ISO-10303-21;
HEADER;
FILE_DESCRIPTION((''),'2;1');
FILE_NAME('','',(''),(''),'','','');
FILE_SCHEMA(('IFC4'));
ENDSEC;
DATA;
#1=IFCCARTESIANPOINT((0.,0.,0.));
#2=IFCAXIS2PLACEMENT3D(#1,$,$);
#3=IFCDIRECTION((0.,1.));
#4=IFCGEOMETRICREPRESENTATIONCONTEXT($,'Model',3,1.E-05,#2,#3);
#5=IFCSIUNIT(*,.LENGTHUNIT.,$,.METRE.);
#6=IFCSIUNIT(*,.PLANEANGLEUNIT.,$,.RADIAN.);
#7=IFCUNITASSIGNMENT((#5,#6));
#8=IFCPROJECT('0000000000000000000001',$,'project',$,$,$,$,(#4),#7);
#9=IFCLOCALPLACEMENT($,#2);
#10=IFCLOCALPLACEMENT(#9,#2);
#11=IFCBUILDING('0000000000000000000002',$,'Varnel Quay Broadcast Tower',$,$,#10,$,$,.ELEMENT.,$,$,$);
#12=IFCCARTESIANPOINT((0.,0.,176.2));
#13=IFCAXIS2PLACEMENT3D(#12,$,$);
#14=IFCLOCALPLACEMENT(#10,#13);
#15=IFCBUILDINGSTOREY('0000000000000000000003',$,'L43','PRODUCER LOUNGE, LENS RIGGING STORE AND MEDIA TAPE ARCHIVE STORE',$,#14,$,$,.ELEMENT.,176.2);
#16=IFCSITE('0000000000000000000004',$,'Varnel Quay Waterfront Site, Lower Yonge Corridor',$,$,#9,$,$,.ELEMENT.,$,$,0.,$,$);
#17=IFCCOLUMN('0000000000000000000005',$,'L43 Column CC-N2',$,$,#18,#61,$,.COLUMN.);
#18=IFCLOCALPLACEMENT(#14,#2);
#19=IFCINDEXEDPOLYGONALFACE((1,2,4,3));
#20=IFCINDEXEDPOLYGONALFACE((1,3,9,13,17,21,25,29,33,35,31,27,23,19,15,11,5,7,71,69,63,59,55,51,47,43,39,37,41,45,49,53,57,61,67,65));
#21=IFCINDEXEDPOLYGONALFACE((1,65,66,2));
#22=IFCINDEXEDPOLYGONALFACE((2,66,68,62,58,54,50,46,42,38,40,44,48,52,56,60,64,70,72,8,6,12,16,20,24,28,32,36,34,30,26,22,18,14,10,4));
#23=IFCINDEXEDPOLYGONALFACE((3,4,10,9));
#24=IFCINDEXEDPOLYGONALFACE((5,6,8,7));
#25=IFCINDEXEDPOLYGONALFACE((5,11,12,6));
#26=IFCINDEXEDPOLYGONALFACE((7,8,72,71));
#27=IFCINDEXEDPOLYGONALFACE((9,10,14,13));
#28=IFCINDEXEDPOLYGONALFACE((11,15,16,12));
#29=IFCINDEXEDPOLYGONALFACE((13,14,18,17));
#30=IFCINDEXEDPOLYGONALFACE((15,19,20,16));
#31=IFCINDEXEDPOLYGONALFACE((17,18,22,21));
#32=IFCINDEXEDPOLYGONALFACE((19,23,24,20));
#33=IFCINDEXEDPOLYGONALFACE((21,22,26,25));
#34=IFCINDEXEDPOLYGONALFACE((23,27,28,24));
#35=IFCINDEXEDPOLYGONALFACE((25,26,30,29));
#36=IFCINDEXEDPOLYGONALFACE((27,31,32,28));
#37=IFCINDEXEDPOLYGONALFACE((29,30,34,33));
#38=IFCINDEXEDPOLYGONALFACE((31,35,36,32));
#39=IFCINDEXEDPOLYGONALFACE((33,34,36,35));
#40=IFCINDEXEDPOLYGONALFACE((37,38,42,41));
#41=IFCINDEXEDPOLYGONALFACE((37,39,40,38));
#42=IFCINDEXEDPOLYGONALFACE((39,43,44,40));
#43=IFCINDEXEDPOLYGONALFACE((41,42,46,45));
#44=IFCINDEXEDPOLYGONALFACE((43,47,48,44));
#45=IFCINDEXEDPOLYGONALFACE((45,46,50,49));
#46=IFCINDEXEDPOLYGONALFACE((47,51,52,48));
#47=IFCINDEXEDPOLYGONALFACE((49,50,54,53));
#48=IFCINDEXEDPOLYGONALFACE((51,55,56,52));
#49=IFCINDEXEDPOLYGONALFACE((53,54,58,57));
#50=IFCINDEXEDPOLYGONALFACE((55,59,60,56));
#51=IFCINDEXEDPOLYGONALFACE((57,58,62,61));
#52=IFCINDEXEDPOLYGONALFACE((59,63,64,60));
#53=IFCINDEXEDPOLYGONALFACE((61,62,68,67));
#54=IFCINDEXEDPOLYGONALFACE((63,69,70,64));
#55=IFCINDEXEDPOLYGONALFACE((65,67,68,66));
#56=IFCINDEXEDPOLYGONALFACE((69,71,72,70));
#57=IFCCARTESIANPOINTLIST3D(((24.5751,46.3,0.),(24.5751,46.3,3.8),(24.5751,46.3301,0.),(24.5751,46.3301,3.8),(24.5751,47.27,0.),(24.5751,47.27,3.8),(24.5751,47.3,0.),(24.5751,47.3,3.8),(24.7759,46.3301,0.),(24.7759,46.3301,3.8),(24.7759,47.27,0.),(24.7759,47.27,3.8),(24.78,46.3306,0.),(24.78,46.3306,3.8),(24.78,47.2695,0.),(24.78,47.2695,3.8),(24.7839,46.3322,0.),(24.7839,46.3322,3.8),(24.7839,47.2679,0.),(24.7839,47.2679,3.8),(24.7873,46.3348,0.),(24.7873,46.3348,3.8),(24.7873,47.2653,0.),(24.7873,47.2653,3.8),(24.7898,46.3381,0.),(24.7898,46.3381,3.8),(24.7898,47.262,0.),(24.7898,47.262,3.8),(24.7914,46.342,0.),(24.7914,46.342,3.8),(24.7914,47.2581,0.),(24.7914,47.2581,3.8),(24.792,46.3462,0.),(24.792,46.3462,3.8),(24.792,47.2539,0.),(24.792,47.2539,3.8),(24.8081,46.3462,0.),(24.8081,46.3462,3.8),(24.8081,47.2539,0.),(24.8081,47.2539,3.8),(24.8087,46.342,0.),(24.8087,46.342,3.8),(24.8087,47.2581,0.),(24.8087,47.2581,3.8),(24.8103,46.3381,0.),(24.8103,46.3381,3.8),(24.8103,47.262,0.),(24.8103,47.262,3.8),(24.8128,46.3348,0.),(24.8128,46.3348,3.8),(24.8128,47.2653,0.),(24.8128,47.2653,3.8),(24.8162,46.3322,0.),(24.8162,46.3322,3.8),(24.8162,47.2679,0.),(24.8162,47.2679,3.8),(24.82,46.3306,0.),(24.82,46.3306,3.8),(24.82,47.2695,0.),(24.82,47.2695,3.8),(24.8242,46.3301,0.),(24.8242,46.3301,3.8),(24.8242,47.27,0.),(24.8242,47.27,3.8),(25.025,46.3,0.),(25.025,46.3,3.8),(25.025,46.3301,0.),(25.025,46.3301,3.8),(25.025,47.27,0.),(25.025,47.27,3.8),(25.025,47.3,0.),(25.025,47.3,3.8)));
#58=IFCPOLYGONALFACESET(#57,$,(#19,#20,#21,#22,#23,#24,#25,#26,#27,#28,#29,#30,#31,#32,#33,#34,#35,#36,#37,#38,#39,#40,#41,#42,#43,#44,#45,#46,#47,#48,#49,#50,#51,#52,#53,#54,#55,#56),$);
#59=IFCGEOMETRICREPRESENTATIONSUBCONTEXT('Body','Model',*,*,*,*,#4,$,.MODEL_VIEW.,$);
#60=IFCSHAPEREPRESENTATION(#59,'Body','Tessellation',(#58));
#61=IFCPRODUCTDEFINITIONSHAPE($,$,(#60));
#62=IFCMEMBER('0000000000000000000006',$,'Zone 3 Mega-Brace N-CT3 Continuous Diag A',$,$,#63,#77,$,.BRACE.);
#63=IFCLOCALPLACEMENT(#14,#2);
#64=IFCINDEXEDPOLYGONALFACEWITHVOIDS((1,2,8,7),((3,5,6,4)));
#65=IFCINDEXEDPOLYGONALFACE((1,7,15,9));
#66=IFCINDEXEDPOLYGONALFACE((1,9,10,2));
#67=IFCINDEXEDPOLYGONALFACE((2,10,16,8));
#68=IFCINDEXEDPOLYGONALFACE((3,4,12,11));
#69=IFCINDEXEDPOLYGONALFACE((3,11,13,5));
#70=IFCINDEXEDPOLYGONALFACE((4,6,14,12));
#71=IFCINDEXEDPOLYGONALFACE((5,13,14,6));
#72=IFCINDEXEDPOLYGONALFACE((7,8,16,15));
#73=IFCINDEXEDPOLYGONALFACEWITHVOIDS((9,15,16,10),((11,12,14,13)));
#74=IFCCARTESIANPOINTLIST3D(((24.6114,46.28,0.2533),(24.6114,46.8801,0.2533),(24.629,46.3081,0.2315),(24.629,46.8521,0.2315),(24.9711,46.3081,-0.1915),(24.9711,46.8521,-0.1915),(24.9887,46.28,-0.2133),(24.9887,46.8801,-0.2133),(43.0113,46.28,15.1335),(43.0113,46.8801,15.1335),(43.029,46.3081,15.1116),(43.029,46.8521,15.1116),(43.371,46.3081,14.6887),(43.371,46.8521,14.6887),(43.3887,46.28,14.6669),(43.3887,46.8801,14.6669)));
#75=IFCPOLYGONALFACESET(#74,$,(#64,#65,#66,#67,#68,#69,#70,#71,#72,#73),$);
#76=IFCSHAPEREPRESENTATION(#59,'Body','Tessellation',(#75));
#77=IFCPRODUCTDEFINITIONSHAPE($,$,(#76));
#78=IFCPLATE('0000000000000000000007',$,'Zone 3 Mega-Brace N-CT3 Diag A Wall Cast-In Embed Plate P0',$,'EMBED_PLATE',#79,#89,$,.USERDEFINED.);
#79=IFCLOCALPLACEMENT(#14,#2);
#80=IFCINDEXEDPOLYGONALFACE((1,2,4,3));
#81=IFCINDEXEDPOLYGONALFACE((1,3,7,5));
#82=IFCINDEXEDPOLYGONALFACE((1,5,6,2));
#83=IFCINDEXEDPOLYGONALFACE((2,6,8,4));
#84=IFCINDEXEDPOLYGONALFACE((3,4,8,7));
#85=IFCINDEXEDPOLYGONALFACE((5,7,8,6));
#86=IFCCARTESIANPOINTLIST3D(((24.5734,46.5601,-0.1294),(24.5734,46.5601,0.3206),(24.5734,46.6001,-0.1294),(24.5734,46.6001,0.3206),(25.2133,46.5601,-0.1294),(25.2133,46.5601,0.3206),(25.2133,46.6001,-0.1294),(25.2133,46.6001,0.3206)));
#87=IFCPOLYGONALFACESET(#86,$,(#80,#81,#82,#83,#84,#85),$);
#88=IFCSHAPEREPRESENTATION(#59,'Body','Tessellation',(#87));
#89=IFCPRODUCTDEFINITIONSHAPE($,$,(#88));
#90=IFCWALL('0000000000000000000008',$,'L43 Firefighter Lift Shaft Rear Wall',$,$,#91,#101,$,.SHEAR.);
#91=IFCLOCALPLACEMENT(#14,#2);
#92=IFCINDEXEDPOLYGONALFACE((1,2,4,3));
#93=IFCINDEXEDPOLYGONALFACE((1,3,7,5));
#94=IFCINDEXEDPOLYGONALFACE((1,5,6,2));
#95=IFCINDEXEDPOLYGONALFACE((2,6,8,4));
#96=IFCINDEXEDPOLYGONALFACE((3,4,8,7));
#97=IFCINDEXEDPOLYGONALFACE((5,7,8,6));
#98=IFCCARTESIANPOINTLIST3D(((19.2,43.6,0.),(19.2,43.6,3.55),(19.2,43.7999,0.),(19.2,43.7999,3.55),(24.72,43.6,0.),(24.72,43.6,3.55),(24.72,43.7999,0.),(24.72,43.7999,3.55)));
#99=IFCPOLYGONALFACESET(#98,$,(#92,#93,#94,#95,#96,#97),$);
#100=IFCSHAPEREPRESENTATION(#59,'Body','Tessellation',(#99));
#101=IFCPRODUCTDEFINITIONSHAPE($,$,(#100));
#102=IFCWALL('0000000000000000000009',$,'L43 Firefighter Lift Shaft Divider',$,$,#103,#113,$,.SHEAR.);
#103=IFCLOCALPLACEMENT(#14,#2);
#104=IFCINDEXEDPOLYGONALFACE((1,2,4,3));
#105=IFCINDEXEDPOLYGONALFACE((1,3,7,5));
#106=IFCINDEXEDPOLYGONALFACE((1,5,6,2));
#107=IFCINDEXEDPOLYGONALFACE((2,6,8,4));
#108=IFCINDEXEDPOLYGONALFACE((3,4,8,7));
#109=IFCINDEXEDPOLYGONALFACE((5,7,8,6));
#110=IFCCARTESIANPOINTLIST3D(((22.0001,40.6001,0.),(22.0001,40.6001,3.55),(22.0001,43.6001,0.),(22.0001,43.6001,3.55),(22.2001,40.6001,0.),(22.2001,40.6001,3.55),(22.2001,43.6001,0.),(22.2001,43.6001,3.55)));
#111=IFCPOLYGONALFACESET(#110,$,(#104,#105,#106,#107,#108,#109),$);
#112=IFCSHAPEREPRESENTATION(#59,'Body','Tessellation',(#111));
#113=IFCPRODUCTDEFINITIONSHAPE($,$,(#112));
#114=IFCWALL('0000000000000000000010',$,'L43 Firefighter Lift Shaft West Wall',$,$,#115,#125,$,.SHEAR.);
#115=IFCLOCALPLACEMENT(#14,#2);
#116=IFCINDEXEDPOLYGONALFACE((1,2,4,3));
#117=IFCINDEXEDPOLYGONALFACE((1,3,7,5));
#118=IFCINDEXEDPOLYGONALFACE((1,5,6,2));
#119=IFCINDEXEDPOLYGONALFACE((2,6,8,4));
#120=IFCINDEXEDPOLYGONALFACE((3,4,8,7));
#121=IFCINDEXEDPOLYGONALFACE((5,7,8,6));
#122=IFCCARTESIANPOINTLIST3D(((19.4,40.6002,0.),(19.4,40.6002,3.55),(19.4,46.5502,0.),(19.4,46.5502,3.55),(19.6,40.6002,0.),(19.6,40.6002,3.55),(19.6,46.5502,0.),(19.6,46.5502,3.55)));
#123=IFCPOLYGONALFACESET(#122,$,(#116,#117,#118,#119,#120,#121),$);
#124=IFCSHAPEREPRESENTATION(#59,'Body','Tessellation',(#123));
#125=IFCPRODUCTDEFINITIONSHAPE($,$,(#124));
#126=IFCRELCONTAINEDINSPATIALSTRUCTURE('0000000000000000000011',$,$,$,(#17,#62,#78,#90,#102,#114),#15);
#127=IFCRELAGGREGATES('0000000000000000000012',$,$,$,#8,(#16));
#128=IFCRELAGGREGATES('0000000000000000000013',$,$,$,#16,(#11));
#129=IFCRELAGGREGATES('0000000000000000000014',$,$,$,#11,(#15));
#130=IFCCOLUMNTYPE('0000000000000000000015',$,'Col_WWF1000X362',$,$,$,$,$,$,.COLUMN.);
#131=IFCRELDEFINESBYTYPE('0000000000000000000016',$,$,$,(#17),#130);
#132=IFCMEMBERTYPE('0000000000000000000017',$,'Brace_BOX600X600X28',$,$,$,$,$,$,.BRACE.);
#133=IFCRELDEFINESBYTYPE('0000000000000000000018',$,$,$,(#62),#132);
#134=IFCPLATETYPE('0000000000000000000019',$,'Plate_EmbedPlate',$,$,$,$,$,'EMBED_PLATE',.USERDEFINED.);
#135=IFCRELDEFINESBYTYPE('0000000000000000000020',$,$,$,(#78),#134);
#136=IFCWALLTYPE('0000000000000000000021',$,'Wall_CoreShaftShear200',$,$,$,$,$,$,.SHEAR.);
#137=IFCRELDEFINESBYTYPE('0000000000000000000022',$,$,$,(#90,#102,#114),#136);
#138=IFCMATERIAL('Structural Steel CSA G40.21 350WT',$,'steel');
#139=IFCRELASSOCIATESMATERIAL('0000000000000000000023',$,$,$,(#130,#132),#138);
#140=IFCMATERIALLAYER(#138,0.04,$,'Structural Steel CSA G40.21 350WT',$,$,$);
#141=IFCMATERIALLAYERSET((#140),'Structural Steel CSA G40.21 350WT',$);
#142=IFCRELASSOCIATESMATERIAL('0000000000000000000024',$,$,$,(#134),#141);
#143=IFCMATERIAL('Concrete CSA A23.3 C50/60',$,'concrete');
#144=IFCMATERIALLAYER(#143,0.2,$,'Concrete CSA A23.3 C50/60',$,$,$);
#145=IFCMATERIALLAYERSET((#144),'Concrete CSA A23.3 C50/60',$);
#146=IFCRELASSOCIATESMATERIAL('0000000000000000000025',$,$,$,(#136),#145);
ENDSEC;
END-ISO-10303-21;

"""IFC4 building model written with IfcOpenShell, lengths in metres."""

from ifc_helpers import new_model, si_unit, direction, frame, frame_2d, origin, origin_2d, place, context, subcontext, project, spatial, rectangle, hollow_rectangle, i_section, extrude, source, transform, mapped, material, layer, layer_set, material_profile, profile_set, type_object, type_shapes, element, save


model = new_model("IFC4")

# Units and contexts
model_context = context("Model", 3, precision=1e-05, world=origin(), true_north=direction((0.0, 1.0)))
body_context = subcontext(model_context, "Body", "Model", "MODEL_VIEW")
ifc_project = project(units=[si_unit("LENGTHUNIT", "METRE"), si_unit("PLANEANGLEUNIT", "RADIAN")], contexts=[model_context])

# Site, building, storey
site_placement = place(None, origin())
site = spatial("IfcSite", under=ifc_project, at=site_placement, Name="Varnel Quay Waterfront Site, Lower Yonge Corridor", CompositionType="ELEMENT", RefElevation=0.0)
building_placement = place(site_placement, origin())
building = spatial("IfcBuilding", under=site, at=building_placement, Name="Varnel Quay Broadcast Tower", CompositionType="ELEMENT")
storey_placement = place(building_placement, frame((0.0, 0.0, 176.2)))
storey = spatial("IfcBuildingStorey", under=building, at=storey_placement, Name="L43", Description="PRODUCER LOUNGE, LENS RIGGING STORE AND MEDIA TAPE ARCHIVE STORE", CompositionType="ELEMENT", Elevation=176.2)

# Column
ifc_material_1 = material(Name="Structural Steel CSA G40.21 350WT", Category="steel")
ifc_material_profile_1 = material_profile(ifc_material_1, i_section(OverallWidth=0.45, OverallDepth=1.0, WebThickness=0.0161, FlangeThickness=0.03, FilletRadius=0.0161, at=origin_2d()), Name="WWF1000X362")
ifc_profile_set_1 = profile_set([ifc_material_profile_1], Name="Structural Steel CSA G40.21 350WT")
column_type = type_object("IfcColumnType", Name="Col_WWF1000X362", PredefinedType="COLUMN", material=ifc_profile_set_1)
shared_shape_1 = source(origin(), body_context, "Body", "SweptSolid", [
    extrude(i_section(OverallWidth=0.45, OverallDepth=1.0, WebThickness=0.0161, FlangeThickness=0.03, FilletRadius=0.0161, at=origin_2d()), origin(), (0.0, 0.0, 1.0), 3.8),
])
type_shapes(column_type, [shared_shape_1])
column_placement = place(storey_placement, frame((24.8, 46.8, 0.0), z_axis=(0.0, 0.0, 1.0), x_axis=(1.0, 0.0, 0.0)))
element("IfcColumn", 1, at=column_placement, inside=storey, type_object=column_type, Name="L43 Column CC-N2", PredefinedType="COLUMN", context=body_context, shape_type="MappedRepresentation", body=[
    mapped(shared_shape_1, transform((0.0, 0.0, 0.0), x_axis=(1.0, 0.0, 0.0), y_axis=(0.0, 1.0, 0.0), z_axis=(0.0, 0.0, 1.0), scale=1.0)),
])

# Member
ifc_material_profile_2 = material_profile(ifc_material_1, hollow_rectangle(XDim=0.6001, YDim=0.6001, WallThickness=0.0281, at=origin_2d()), Name="BOX600X600X28")
ifc_profile_set_2 = profile_set([ifc_material_profile_2], Name="Structural Steel CSA G40.21 350WT")
member_type = type_object("IfcMemberType", Name="Brace_BOX600X600X28", PredefinedType="BRACE", material=ifc_profile_set_2)
shared_shape_2 = source(origin(), body_context, "Body", "SweptSolid", [
    extrude(hollow_rectangle(XDim=0.6001, YDim=0.6001, WallThickness=0.0281, at=origin_2d()), origin(), (0.0, 0.0, 1.0), 23.6638),
])
type_shapes(member_type, [shared_shape_2])
member_placement = place(storey_placement, frame((24.8, 46.5801, 0.02), z_axis=(0.777555, 0.0, 0.628814), x_axis=(0.0, 1.0, 0.0)))
element("IfcMember", 2, at=member_placement, inside=storey, type_object=member_type, Name="Zone 3 Mega-Brace N-CT3 Continuous Diag A", PredefinedType="BRACE", context=body_context, shape_type="MappedRepresentation", body=[
    mapped(shared_shape_2, transform((0.0, 0.0, 0.0), x_axis=(1.0, 0.0, 0.0), y_axis=(0.0, 1.0, 0.0), z_axis=(0.0, 0.0, 1.0), scale=1.0)),
])

# Plate
ifc_layer_1 = layer(ifc_material_1, 0.04, Name="Structural Steel CSA G40.21 350WT")
ifc_layer_set_1 = layer_set([ifc_layer_1], Name="Structural Steel CSA G40.21 350WT")
plate_type = type_object("IfcPlateType", Name="Plate_EmbedPlate", ElementType="EMBED_PLATE", PredefinedType="USERDEFINED", material=ifc_layer_set_1)
shared_shape_3 = source(origin(), body_context, "Body", "SweptSolid", [
    extrude(rectangle(XDim=0.6399, YDim=0.04, at=origin_2d()), origin(), (0.0, 0.0, 1.0), 0.45),
])
type_shapes(plate_type, [shared_shape_3])
plate_placement = place(storey_placement, frame((24.8933, 46.5801, -0.1294), z_axis=(0.0, 0.0, 1.0), x_axis=(1.0, 0.0, 0.0)))
element("IfcPlate", 3, at=plate_placement, inside=storey, type_object=plate_type, Name="Zone 3 Mega-Brace N-CT3 Diag A Wall Cast-In Embed Plate P0", ObjectType="EMBED_PLATE", PredefinedType="USERDEFINED", context=body_context, shape_type="MappedRepresentation", body=[
    mapped(shared_shape_3, transform((0.0, 0.0, 0.0), x_axis=(1.0, 0.0, 0.0), y_axis=(0.0, 1.0, 0.0), z_axis=(0.0, 0.0, 1.0), scale=1.0)),
])

# Walls
ifc_material_2 = material(Name="Concrete CSA A23.3 C50/60", Category="concrete")
ifc_layer_2 = layer(ifc_material_2, 0.2, Name="Concrete CSA A23.3 C50/60")
ifc_layer_set_2 = layer_set([ifc_layer_2], Name="Concrete CSA A23.3 C50/60")
wall_type_1 = type_object("IfcWallType", Name="Wall_CoreShaftShear200", PredefinedType="SHEAR", material=ifc_layer_set_2)
wall_1_placement = place(storey_placement, frame((19.2, 43.7, 0.0), z_axis=(0.0, 0.0, 1.0), x_axis=(1.0, 0.0, 0.0)))
element("IfcWall", 4, at=wall_1_placement, inside=storey, type_object=wall_type_1, Name="L43 Firefighter Lift Shaft Rear Wall", PredefinedType="SHEAR", context=body_context, shape_type="SweptSolid", body=[
    extrude(rectangle(XDim=5.52, YDim=0.2, at=frame_2d((2.76, 0.0))), origin(), (0.0, 0.0, 1.0), 3.55),
])
wall_2_placement = place(storey_placement, frame((22.1001, 40.6001, 0.0), z_axis=(0.0, 0.0, 1.0), x_axis=(0.0, 1.0, 0.0)))
element("IfcWall", 5, at=wall_2_placement, inside=storey, type_object=wall_type_1, Name="L43 Firefighter Lift Shaft Divider", PredefinedType="SHEAR", context=body_context, shape_type="SweptSolid", body=[
    extrude(rectangle(XDim=3.0, YDim=0.2, at=frame_2d((1.5, 0.0))), origin(), (0.0, 0.0, 1.0), 3.55),
])
wall_3_placement = place(storey_placement, frame((19.5, 40.6001, 0.0), z_axis=(0.0, 0.0, 1.0), x_axis=(0.0, 1.0, 0.0)))
element("IfcWall", 6, at=wall_3_placement, inside=storey, type_object=wall_type_1, Name="L43 Firefighter Lift Shaft West Wall", PredefinedType="SHEAR", context=body_context, shape_type="SweptSolid", body=[
    extrude(rectangle(XDim=5.95, YDim=0.2, at=frame_2d((2.9751, 0.0))), origin(), (0.0, 0.0, 1.0), 3.55),
])

save(model, "model.ifc")
